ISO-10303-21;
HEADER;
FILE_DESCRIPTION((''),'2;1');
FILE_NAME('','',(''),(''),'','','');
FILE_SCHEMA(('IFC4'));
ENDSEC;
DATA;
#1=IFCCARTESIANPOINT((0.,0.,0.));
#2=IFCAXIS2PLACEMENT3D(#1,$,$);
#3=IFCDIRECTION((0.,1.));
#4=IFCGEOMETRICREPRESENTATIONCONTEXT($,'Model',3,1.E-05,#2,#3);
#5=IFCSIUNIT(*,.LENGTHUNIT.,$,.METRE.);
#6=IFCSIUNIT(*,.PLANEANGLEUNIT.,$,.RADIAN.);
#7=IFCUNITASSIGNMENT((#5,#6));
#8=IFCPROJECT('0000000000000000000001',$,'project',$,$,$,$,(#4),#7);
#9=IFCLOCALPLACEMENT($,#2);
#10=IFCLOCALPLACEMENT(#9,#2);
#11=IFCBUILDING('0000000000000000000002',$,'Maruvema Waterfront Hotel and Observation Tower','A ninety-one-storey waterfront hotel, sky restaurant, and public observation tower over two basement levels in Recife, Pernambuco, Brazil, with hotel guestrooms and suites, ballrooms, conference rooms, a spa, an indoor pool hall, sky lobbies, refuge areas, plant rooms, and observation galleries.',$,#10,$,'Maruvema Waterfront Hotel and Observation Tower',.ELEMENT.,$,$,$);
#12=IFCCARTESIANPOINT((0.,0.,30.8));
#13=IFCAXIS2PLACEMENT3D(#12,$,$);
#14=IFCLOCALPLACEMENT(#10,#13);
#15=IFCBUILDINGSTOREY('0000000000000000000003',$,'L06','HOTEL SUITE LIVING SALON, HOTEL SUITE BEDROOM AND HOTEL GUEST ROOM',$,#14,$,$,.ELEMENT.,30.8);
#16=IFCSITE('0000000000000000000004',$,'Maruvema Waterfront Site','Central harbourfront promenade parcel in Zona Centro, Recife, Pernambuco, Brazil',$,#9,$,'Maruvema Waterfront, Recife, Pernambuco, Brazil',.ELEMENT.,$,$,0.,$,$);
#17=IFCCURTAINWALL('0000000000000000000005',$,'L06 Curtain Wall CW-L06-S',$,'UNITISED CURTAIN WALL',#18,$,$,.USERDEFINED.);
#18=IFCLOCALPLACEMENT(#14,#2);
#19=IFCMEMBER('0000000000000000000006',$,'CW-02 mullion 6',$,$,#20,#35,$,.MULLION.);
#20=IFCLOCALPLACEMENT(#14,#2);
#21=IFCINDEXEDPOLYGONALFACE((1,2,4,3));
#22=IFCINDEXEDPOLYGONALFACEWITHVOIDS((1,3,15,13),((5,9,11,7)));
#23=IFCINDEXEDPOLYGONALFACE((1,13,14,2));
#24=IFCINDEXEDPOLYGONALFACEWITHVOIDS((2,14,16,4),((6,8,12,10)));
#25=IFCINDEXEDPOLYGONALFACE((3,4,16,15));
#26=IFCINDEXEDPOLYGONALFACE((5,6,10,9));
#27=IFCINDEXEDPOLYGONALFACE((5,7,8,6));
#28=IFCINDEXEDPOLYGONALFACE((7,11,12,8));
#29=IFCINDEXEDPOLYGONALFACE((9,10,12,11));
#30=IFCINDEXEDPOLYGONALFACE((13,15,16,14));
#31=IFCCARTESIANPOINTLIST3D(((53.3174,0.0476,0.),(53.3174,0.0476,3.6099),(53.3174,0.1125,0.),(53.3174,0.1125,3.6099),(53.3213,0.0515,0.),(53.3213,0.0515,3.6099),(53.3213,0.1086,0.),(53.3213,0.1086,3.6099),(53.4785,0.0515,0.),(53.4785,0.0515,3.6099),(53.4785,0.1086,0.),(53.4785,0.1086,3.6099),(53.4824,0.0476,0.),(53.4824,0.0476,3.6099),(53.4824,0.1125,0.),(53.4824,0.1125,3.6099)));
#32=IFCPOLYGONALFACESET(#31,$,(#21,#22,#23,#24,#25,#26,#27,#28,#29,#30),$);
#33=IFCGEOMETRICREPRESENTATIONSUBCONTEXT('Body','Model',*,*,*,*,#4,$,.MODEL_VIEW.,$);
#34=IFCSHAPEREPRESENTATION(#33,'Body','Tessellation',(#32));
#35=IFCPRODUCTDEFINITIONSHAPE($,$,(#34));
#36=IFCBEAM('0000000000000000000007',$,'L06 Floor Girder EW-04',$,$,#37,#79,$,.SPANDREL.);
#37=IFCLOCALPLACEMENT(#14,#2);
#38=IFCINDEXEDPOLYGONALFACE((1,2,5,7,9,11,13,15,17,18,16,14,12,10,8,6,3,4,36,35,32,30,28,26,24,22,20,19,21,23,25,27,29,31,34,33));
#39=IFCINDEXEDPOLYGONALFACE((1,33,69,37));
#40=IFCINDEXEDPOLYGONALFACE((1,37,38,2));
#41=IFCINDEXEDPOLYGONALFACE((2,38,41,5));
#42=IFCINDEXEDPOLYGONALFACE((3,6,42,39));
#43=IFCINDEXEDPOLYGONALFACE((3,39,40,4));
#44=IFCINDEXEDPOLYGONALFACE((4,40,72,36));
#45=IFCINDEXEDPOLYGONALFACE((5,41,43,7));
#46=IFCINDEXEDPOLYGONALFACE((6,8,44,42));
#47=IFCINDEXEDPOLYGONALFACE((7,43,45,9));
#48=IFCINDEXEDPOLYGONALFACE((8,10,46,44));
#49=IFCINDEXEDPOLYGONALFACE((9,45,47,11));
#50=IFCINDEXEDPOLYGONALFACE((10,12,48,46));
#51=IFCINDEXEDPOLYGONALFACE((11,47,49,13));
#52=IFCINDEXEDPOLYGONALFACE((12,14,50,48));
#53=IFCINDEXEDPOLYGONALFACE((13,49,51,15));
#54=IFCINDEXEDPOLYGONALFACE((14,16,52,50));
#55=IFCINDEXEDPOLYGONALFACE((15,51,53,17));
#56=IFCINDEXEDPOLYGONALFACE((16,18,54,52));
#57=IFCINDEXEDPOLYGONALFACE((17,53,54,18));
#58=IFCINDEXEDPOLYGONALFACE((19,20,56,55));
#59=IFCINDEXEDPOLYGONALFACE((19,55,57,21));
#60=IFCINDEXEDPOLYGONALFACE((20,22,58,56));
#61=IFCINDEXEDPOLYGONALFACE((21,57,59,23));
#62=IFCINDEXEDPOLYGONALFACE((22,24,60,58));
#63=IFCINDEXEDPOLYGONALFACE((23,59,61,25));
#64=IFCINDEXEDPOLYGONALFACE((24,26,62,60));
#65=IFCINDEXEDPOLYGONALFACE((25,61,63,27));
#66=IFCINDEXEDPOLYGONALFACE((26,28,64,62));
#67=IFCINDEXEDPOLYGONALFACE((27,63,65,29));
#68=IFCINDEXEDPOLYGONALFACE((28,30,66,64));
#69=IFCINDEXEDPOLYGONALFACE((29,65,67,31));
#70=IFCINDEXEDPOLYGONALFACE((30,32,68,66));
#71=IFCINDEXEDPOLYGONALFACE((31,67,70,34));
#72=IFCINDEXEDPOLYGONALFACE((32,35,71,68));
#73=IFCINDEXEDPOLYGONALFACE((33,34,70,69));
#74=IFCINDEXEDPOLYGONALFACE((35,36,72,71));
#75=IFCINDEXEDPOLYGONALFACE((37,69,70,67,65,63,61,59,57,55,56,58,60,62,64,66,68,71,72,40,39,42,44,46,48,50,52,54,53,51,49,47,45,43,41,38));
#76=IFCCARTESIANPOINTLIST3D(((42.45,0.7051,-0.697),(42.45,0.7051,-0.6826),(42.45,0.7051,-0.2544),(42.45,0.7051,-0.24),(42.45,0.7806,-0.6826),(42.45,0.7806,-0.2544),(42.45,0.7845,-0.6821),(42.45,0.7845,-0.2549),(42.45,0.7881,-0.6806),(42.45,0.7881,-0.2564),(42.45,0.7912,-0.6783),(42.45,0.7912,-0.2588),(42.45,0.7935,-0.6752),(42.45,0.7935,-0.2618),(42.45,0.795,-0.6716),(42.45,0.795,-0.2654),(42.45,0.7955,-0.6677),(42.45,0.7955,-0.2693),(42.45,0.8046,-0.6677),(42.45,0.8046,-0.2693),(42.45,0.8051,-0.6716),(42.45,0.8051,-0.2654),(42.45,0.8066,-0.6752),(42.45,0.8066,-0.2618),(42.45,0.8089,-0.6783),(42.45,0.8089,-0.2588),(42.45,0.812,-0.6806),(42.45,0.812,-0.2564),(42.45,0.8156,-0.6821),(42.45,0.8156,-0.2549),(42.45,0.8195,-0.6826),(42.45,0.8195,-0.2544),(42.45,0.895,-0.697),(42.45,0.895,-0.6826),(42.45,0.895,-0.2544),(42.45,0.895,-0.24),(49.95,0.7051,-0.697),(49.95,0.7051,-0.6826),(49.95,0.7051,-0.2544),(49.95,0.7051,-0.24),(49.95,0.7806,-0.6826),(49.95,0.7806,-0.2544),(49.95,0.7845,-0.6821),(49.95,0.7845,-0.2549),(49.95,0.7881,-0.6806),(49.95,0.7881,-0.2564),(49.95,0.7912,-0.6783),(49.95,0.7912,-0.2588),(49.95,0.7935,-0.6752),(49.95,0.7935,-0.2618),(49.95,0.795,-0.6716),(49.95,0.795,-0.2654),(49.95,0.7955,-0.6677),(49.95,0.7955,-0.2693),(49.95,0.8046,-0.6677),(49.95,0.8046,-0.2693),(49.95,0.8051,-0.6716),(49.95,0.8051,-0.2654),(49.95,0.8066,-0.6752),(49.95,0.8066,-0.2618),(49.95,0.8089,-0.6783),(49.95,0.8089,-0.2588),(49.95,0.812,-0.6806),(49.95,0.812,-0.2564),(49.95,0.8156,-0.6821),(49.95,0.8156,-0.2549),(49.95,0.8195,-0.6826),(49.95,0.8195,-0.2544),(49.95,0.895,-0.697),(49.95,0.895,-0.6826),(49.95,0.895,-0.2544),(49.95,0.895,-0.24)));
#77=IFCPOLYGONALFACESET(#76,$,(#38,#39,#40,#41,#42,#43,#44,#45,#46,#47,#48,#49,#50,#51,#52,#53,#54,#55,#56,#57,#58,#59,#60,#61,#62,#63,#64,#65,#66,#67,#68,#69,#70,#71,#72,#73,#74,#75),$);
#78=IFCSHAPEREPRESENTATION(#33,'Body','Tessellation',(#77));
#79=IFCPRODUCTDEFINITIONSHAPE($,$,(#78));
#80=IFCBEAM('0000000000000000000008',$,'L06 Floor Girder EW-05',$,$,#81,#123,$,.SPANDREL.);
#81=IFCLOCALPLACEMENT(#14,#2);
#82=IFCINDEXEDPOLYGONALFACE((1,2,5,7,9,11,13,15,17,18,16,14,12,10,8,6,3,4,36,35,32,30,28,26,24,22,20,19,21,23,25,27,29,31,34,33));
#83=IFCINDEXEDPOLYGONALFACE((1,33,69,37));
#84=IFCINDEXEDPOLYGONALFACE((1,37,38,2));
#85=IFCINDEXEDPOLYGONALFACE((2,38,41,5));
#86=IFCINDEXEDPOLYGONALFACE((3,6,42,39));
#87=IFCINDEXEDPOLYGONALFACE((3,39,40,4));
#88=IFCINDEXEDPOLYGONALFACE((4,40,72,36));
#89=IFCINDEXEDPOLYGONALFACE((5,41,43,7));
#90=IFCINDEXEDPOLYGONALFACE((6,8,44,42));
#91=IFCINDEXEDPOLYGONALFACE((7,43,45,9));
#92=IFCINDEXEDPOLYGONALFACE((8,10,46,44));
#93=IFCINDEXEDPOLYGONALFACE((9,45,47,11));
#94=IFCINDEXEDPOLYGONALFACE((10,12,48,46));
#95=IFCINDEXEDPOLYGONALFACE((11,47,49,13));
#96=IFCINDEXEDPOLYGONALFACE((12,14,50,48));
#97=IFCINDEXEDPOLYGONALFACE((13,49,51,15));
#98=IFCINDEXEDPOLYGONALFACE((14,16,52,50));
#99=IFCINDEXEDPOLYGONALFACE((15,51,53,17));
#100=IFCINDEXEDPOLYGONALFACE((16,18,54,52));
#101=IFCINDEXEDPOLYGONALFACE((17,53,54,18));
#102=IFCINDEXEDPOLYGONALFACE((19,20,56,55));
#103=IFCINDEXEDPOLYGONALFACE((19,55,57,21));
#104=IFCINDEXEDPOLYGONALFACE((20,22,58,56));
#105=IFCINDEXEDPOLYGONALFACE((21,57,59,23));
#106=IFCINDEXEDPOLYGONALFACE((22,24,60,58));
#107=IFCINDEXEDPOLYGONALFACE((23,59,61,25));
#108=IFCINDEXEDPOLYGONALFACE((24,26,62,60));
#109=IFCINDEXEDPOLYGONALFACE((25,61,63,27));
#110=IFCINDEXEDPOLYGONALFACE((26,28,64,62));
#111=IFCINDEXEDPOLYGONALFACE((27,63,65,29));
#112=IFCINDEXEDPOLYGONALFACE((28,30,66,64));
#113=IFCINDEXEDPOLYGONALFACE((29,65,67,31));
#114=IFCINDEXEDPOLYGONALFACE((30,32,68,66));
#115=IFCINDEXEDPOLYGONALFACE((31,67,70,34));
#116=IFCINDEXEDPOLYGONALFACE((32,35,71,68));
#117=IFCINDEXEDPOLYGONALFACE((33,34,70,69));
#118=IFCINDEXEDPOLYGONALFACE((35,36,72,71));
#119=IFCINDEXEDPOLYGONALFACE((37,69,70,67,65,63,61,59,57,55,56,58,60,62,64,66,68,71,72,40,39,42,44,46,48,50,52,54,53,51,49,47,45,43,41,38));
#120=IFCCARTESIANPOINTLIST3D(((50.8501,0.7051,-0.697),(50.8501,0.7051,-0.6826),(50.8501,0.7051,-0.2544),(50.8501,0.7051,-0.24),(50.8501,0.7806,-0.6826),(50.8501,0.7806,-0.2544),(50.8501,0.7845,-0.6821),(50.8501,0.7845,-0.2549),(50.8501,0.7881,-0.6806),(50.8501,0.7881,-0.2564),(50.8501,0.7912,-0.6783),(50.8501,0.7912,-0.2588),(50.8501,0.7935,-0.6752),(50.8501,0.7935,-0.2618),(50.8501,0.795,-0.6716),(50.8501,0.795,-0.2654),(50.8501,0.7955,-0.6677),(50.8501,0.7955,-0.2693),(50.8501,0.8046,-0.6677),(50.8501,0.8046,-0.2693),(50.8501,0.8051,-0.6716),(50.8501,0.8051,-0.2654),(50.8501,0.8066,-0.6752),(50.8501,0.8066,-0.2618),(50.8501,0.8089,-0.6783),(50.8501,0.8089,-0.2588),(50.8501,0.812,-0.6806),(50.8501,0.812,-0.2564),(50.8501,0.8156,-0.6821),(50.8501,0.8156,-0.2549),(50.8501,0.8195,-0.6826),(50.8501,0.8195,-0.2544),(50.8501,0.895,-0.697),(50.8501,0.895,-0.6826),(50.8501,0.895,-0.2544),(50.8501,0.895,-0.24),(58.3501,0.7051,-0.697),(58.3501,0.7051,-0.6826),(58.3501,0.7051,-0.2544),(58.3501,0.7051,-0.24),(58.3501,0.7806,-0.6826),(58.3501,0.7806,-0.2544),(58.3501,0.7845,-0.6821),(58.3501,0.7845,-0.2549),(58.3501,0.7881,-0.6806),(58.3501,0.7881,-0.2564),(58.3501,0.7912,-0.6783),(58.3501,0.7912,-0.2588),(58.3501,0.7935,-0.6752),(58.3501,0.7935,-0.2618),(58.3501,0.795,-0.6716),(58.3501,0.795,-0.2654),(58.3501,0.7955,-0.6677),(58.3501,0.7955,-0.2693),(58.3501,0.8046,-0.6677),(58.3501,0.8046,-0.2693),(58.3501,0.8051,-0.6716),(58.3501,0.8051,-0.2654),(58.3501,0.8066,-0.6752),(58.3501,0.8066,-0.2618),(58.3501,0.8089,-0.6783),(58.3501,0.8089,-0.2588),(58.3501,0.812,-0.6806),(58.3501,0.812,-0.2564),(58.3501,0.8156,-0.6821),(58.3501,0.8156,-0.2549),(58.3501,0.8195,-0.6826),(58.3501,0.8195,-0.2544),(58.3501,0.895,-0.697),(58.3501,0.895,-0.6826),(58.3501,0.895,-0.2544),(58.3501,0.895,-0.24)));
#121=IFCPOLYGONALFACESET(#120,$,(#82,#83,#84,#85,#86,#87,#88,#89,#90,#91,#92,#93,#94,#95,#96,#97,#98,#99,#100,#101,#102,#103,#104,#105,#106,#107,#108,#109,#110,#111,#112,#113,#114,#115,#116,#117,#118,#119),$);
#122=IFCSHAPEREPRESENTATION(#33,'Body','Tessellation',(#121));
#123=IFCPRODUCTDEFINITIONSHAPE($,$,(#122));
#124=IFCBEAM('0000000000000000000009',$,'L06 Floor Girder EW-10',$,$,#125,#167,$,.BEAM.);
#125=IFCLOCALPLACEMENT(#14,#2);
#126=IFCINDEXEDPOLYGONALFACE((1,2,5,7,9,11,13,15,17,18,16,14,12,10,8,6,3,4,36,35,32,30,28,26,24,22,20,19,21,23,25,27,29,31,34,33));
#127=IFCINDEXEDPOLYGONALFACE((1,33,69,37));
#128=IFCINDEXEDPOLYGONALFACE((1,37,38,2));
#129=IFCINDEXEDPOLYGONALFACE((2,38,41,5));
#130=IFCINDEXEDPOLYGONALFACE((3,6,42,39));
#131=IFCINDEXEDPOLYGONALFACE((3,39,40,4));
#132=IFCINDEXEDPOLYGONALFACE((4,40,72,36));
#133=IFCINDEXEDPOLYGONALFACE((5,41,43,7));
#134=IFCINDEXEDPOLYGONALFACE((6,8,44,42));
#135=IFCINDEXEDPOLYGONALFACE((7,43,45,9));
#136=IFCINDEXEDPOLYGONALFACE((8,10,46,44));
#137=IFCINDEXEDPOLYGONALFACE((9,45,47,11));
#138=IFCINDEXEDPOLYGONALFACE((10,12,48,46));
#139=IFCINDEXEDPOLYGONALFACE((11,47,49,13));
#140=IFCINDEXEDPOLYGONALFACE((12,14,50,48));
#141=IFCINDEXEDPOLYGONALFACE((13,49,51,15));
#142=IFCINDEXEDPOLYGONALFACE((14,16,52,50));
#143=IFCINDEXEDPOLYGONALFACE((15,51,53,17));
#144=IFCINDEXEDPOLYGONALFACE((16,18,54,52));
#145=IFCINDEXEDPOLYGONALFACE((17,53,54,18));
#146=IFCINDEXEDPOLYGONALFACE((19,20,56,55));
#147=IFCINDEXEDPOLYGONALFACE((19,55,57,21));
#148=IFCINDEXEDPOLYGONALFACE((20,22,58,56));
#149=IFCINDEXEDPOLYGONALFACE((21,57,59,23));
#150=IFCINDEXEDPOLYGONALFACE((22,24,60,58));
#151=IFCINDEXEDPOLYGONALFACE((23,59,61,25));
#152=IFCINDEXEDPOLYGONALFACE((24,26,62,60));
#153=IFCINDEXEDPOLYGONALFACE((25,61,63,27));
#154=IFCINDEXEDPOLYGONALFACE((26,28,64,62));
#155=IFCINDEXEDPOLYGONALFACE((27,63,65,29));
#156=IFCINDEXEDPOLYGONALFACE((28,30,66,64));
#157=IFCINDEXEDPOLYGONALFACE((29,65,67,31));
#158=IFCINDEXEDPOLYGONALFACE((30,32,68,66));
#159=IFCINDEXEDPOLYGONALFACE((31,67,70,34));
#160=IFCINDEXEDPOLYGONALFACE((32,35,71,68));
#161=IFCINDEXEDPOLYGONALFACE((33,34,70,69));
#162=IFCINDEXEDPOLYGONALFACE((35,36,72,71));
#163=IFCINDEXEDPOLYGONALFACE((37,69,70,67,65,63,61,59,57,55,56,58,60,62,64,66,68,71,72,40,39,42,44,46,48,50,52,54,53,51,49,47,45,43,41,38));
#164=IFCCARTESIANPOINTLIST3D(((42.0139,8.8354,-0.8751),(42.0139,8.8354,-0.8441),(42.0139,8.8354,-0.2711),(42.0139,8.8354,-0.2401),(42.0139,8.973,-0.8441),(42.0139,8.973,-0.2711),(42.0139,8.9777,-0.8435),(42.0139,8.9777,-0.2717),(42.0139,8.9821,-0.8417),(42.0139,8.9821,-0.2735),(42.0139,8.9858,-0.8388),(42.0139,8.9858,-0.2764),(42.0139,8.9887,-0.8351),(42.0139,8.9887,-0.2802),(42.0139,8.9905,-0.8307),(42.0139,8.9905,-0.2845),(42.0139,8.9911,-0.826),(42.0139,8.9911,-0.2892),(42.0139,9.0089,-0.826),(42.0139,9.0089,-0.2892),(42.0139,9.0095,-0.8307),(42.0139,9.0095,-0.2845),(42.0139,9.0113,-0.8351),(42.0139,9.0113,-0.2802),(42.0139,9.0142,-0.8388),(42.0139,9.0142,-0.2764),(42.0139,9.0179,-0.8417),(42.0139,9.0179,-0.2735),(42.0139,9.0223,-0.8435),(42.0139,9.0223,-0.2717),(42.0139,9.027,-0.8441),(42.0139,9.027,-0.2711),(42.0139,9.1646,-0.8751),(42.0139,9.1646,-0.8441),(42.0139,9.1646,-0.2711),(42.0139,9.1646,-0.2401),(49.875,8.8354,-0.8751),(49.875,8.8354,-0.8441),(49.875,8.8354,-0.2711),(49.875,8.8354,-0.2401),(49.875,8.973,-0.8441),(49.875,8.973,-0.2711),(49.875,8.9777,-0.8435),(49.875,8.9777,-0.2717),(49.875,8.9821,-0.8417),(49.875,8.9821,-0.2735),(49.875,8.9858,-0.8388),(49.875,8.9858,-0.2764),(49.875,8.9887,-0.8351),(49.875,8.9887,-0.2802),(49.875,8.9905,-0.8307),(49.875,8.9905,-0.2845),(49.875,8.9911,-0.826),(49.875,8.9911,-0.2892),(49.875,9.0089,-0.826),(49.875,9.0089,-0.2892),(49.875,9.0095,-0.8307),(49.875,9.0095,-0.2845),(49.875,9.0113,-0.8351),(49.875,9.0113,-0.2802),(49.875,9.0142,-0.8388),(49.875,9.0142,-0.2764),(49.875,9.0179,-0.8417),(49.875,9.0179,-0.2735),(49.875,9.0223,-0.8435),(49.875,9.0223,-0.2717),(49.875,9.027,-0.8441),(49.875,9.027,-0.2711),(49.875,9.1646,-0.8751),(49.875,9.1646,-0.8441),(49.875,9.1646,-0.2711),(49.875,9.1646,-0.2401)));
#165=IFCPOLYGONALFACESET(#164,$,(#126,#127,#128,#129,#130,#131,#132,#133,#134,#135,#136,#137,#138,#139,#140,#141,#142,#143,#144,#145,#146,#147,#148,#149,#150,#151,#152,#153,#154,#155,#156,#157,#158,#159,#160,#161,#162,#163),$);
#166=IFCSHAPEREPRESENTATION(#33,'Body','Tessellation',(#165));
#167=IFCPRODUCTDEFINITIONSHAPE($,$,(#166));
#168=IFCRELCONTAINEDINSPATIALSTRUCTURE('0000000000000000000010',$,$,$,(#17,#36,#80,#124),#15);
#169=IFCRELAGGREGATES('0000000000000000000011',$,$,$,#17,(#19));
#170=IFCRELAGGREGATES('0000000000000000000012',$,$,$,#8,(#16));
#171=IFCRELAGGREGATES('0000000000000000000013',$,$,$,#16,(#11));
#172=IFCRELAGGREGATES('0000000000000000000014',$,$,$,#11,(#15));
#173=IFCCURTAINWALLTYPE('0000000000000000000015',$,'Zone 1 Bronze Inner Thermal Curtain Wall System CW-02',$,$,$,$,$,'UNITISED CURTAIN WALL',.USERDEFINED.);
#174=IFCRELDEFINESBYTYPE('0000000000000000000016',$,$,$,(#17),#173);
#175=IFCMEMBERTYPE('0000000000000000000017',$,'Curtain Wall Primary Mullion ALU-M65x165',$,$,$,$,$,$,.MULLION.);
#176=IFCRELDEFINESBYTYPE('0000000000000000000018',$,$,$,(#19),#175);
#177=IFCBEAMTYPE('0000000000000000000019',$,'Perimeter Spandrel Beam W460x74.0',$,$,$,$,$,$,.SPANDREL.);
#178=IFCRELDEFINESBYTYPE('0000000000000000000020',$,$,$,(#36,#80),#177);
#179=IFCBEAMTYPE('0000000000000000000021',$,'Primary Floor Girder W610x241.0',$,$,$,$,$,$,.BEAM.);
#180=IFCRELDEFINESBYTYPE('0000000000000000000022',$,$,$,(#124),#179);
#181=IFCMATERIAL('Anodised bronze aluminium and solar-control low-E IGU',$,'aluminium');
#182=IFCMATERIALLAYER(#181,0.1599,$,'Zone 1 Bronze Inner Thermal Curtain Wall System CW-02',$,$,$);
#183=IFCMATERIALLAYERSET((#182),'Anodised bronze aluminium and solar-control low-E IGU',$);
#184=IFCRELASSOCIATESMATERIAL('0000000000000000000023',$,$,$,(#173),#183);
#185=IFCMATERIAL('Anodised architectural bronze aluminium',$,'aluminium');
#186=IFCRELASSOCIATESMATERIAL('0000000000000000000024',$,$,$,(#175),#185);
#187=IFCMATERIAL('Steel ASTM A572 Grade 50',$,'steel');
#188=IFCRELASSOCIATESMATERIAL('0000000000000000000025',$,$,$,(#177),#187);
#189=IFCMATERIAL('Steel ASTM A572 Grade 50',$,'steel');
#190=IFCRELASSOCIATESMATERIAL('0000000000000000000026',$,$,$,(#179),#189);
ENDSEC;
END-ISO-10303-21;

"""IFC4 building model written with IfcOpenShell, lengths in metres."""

from ifc_helpers import new_model, si_unit, direction, frame, origin, origin_2d, place, context, subcontext, project, spatial, hollow_rectangle, i_section, extrude, material, layer, layer_set, material_profile, profile_set, type_object, element, aggregate, save


model = new_model("IFC4")

# Units and contexts
model_context = context("Model", 3, precision=1e-05, world=origin(), true_north=direction((0.0, 1.0)))
body_context = subcontext(model_context, "Body", "Model", "MODEL_VIEW")
ifc_project = project(units=[si_unit("LENGTHUNIT", "METRE"), si_unit("PLANEANGLEUNIT", "RADIAN")], contexts=[model_context])

# Site, building, storey
site_placement = place(None, origin())
site = spatial("IfcSite", under=ifc_project, at=site_placement, Name="Maruvema Waterfront Site", Description="Central harbourfront promenade parcel in Zona Centro, Recife, Pernambuco, Brazil", LongName="Maruvema Waterfront, Recife, Pernambuco, Brazil", CompositionType="ELEMENT", RefElevation=0.0)
building_placement = place(site_placement, origin())
building = spatial("IfcBuilding", under=site, at=building_placement, Name="Maruvema Waterfront Hotel and Observation Tower", Description="A ninety-one-storey waterfront hotel, sky restaurant, and public observation tower over two basement levels in Recife, Pernambuco, Brazil, with hotel guestrooms and suites, ballrooms, conference rooms, a spa, an indoor pool hall, sky lobbies, refuge areas, plant rooms, and observation galleries.", LongName="Maruvema Waterfront Hotel and Observation Tower", CompositionType="ELEMENT")
storey_placement = place(building_placement, frame((0.0, 0.0, 30.8)))
storey = spatial("IfcBuildingStorey", under=building, at=storey_placement, Name="L06", Description="HOTEL SUITE LIVING SALON, HOTEL SUITE BEDROOM AND HOTEL GUEST ROOM", CompositionType="ELEMENT", Elevation=30.8)

# Curtain wall, member
ifc_material_1 = material(Name="Anodised bronze aluminium and solar-control low-E IGU", Category="aluminium")
ifc_layer_1 = layer(ifc_material_1, 0.1599, Name="Zone 1 Bronze Inner Thermal Curtain Wall System CW-02")
ifc_layer_set_1 = layer_set([ifc_layer_1], Name="Anodised bronze aluminium and solar-control low-E IGU")
curtain_wall_type = type_object("IfcCurtainWallType", Name="Zone 1 Bronze Inner Thermal Curtain Wall System CW-02", ElementType="UNITISED CURTAIN WALL", PredefinedType="USERDEFINED", material=ifc_layer_set_1)
curtain_wall_placement = place(storey_placement, origin())
curtain_wall = element("IfcCurtainWall", 1, at=curtain_wall_placement, inside=storey, type_object=curtain_wall_type, Name="L06 Curtain Wall CW-L06-S", ObjectType="UNITISED CURTAIN WALL", PredefinedType="USERDEFINED")
ifc_material_2 = material(Name="Anodised architectural bronze aluminium", Category="aluminium")
ifc_material_profile_1 = material_profile(ifc_material_2, hollow_rectangle(XDim=0.0649, YDim=0.165, WallThickness=0.0039, at=origin_2d()), Name="ALU-M65x165")
ifc_profile_set_1 = profile_set([ifc_material_profile_1], Name="Anodised architectural bronze aluminium")
member_type_1 = type_object("IfcMemberType", Name="Curtain Wall Primary Mullion ALU-M65x165", PredefinedType="MULLION", material=ifc_profile_set_1)
member_1_placement = place(storey_placement, frame((53.3999, 0.0801, 0.0), z_axis=(0.0, 0.0, 1.0), x_axis=(0.0, 1.0, 0.0)))
member_1 = element("IfcMember", 2, at=member_1_placement, type_object=member_type_1, Name="CW-02 mullion 6", PredefinedType="MULLION", context=body_context, shape_type="SweptSolid", body=[
    extrude(hollow_rectangle(XDim=0.0649, YDim=0.165, WallThickness=0.0039, at=origin_2d()), origin(), (0.0, 0.0, 1.0), 3.6099),
])

# Beams
ifc_material_3 = material(Name="Steel ASTM A572 Grade 50", Category="steel")
ifc_material_profile_2 = material_profile(ifc_material_3, i_section(OverallWidth=0.1899, OverallDepth=0.457, WebThickness=0.009, FlangeThickness=0.0144, FilletRadius=0.0149, at=origin_2d()), Name="W460x74.0")
ifc_profile_set_2 = profile_set([ifc_material_profile_2], Name="Steel ASTM A572 Grade 50")
beam_type_1 = type_object("IfcBeamType", Name="Perimeter Spandrel Beam W460x74.0", PredefinedType="SPANDREL", material=ifc_profile_set_2)
for number, where, z_axis, x_axis, name in (
    (3, (42.45, 0.8, -0.4685), (1.0, 0.0, 0.0), (0.0, 1.0, 0.0), "L06 Floor Girder EW-04"),
    (4, (50.8501, 0.8, -0.4685), (1.0, 0.0, 0.0), (0.0, 1.0, 0.0), "L06 Floor Girder EW-05"),
):
    element("IfcBeam", number, at=place(storey_placement, frame(where, z_axis=z_axis, x_axis=x_axis)), inside=storey, type_object=beam_type_1, Name=name, PredefinedType="SPANDREL", context=body_context, shape_type="SweptSolid", body=[
        extrude(i_section(OverallWidth=0.1899, OverallDepth=0.457, WebThickness=0.009, FlangeThickness=0.0144, FilletRadius=0.0149, at=origin_2d()), origin(), (0.0, 0.0, 1.0), 7.5),
    ])
ifc_material_4 = material(Name="Steel ASTM A572 Grade 50", Category="steel")
ifc_material_profile_3 = material_profile(ifc_material_4, i_section(OverallWidth=0.3291, OverallDepth=0.635, WebThickness=0.0178, FlangeThickness=0.031, FilletRadius=0.0181, at=origin_2d()), Name="W610x241.0")
ifc_profile_set_3 = profile_set([ifc_material_profile_3], Name="Steel ASTM A572 Grade 50")
beam_type_2 = type_object("IfcBeamType", Name="Primary Floor Girder W610x241.0", PredefinedType="BEAM", material=ifc_profile_set_3)
beam_1_placement = place(storey_placement, frame((42.0139, 9.0, -0.5576), z_axis=(1.0, 0.0, 0.0), x_axis=(0.0, 1.0, 0.0)))
element("IfcBeam", 5, at=beam_1_placement, inside=storey, type_object=beam_type_2, Name="L06 Floor Girder EW-10", PredefinedType="BEAM", context=body_context, shape_type="SweptSolid", body=[
    extrude(i_section(OverallWidth=0.3291, OverallDepth=0.635, WebThickness=0.0178, FlangeThickness=0.031, FilletRadius=0.0181, at=origin_2d()), origin(), (0.0, 0.0, 1.0), 7.8611),
])

aggregate(curtain_wall, [member_1])

save(model, "model.ifc")
